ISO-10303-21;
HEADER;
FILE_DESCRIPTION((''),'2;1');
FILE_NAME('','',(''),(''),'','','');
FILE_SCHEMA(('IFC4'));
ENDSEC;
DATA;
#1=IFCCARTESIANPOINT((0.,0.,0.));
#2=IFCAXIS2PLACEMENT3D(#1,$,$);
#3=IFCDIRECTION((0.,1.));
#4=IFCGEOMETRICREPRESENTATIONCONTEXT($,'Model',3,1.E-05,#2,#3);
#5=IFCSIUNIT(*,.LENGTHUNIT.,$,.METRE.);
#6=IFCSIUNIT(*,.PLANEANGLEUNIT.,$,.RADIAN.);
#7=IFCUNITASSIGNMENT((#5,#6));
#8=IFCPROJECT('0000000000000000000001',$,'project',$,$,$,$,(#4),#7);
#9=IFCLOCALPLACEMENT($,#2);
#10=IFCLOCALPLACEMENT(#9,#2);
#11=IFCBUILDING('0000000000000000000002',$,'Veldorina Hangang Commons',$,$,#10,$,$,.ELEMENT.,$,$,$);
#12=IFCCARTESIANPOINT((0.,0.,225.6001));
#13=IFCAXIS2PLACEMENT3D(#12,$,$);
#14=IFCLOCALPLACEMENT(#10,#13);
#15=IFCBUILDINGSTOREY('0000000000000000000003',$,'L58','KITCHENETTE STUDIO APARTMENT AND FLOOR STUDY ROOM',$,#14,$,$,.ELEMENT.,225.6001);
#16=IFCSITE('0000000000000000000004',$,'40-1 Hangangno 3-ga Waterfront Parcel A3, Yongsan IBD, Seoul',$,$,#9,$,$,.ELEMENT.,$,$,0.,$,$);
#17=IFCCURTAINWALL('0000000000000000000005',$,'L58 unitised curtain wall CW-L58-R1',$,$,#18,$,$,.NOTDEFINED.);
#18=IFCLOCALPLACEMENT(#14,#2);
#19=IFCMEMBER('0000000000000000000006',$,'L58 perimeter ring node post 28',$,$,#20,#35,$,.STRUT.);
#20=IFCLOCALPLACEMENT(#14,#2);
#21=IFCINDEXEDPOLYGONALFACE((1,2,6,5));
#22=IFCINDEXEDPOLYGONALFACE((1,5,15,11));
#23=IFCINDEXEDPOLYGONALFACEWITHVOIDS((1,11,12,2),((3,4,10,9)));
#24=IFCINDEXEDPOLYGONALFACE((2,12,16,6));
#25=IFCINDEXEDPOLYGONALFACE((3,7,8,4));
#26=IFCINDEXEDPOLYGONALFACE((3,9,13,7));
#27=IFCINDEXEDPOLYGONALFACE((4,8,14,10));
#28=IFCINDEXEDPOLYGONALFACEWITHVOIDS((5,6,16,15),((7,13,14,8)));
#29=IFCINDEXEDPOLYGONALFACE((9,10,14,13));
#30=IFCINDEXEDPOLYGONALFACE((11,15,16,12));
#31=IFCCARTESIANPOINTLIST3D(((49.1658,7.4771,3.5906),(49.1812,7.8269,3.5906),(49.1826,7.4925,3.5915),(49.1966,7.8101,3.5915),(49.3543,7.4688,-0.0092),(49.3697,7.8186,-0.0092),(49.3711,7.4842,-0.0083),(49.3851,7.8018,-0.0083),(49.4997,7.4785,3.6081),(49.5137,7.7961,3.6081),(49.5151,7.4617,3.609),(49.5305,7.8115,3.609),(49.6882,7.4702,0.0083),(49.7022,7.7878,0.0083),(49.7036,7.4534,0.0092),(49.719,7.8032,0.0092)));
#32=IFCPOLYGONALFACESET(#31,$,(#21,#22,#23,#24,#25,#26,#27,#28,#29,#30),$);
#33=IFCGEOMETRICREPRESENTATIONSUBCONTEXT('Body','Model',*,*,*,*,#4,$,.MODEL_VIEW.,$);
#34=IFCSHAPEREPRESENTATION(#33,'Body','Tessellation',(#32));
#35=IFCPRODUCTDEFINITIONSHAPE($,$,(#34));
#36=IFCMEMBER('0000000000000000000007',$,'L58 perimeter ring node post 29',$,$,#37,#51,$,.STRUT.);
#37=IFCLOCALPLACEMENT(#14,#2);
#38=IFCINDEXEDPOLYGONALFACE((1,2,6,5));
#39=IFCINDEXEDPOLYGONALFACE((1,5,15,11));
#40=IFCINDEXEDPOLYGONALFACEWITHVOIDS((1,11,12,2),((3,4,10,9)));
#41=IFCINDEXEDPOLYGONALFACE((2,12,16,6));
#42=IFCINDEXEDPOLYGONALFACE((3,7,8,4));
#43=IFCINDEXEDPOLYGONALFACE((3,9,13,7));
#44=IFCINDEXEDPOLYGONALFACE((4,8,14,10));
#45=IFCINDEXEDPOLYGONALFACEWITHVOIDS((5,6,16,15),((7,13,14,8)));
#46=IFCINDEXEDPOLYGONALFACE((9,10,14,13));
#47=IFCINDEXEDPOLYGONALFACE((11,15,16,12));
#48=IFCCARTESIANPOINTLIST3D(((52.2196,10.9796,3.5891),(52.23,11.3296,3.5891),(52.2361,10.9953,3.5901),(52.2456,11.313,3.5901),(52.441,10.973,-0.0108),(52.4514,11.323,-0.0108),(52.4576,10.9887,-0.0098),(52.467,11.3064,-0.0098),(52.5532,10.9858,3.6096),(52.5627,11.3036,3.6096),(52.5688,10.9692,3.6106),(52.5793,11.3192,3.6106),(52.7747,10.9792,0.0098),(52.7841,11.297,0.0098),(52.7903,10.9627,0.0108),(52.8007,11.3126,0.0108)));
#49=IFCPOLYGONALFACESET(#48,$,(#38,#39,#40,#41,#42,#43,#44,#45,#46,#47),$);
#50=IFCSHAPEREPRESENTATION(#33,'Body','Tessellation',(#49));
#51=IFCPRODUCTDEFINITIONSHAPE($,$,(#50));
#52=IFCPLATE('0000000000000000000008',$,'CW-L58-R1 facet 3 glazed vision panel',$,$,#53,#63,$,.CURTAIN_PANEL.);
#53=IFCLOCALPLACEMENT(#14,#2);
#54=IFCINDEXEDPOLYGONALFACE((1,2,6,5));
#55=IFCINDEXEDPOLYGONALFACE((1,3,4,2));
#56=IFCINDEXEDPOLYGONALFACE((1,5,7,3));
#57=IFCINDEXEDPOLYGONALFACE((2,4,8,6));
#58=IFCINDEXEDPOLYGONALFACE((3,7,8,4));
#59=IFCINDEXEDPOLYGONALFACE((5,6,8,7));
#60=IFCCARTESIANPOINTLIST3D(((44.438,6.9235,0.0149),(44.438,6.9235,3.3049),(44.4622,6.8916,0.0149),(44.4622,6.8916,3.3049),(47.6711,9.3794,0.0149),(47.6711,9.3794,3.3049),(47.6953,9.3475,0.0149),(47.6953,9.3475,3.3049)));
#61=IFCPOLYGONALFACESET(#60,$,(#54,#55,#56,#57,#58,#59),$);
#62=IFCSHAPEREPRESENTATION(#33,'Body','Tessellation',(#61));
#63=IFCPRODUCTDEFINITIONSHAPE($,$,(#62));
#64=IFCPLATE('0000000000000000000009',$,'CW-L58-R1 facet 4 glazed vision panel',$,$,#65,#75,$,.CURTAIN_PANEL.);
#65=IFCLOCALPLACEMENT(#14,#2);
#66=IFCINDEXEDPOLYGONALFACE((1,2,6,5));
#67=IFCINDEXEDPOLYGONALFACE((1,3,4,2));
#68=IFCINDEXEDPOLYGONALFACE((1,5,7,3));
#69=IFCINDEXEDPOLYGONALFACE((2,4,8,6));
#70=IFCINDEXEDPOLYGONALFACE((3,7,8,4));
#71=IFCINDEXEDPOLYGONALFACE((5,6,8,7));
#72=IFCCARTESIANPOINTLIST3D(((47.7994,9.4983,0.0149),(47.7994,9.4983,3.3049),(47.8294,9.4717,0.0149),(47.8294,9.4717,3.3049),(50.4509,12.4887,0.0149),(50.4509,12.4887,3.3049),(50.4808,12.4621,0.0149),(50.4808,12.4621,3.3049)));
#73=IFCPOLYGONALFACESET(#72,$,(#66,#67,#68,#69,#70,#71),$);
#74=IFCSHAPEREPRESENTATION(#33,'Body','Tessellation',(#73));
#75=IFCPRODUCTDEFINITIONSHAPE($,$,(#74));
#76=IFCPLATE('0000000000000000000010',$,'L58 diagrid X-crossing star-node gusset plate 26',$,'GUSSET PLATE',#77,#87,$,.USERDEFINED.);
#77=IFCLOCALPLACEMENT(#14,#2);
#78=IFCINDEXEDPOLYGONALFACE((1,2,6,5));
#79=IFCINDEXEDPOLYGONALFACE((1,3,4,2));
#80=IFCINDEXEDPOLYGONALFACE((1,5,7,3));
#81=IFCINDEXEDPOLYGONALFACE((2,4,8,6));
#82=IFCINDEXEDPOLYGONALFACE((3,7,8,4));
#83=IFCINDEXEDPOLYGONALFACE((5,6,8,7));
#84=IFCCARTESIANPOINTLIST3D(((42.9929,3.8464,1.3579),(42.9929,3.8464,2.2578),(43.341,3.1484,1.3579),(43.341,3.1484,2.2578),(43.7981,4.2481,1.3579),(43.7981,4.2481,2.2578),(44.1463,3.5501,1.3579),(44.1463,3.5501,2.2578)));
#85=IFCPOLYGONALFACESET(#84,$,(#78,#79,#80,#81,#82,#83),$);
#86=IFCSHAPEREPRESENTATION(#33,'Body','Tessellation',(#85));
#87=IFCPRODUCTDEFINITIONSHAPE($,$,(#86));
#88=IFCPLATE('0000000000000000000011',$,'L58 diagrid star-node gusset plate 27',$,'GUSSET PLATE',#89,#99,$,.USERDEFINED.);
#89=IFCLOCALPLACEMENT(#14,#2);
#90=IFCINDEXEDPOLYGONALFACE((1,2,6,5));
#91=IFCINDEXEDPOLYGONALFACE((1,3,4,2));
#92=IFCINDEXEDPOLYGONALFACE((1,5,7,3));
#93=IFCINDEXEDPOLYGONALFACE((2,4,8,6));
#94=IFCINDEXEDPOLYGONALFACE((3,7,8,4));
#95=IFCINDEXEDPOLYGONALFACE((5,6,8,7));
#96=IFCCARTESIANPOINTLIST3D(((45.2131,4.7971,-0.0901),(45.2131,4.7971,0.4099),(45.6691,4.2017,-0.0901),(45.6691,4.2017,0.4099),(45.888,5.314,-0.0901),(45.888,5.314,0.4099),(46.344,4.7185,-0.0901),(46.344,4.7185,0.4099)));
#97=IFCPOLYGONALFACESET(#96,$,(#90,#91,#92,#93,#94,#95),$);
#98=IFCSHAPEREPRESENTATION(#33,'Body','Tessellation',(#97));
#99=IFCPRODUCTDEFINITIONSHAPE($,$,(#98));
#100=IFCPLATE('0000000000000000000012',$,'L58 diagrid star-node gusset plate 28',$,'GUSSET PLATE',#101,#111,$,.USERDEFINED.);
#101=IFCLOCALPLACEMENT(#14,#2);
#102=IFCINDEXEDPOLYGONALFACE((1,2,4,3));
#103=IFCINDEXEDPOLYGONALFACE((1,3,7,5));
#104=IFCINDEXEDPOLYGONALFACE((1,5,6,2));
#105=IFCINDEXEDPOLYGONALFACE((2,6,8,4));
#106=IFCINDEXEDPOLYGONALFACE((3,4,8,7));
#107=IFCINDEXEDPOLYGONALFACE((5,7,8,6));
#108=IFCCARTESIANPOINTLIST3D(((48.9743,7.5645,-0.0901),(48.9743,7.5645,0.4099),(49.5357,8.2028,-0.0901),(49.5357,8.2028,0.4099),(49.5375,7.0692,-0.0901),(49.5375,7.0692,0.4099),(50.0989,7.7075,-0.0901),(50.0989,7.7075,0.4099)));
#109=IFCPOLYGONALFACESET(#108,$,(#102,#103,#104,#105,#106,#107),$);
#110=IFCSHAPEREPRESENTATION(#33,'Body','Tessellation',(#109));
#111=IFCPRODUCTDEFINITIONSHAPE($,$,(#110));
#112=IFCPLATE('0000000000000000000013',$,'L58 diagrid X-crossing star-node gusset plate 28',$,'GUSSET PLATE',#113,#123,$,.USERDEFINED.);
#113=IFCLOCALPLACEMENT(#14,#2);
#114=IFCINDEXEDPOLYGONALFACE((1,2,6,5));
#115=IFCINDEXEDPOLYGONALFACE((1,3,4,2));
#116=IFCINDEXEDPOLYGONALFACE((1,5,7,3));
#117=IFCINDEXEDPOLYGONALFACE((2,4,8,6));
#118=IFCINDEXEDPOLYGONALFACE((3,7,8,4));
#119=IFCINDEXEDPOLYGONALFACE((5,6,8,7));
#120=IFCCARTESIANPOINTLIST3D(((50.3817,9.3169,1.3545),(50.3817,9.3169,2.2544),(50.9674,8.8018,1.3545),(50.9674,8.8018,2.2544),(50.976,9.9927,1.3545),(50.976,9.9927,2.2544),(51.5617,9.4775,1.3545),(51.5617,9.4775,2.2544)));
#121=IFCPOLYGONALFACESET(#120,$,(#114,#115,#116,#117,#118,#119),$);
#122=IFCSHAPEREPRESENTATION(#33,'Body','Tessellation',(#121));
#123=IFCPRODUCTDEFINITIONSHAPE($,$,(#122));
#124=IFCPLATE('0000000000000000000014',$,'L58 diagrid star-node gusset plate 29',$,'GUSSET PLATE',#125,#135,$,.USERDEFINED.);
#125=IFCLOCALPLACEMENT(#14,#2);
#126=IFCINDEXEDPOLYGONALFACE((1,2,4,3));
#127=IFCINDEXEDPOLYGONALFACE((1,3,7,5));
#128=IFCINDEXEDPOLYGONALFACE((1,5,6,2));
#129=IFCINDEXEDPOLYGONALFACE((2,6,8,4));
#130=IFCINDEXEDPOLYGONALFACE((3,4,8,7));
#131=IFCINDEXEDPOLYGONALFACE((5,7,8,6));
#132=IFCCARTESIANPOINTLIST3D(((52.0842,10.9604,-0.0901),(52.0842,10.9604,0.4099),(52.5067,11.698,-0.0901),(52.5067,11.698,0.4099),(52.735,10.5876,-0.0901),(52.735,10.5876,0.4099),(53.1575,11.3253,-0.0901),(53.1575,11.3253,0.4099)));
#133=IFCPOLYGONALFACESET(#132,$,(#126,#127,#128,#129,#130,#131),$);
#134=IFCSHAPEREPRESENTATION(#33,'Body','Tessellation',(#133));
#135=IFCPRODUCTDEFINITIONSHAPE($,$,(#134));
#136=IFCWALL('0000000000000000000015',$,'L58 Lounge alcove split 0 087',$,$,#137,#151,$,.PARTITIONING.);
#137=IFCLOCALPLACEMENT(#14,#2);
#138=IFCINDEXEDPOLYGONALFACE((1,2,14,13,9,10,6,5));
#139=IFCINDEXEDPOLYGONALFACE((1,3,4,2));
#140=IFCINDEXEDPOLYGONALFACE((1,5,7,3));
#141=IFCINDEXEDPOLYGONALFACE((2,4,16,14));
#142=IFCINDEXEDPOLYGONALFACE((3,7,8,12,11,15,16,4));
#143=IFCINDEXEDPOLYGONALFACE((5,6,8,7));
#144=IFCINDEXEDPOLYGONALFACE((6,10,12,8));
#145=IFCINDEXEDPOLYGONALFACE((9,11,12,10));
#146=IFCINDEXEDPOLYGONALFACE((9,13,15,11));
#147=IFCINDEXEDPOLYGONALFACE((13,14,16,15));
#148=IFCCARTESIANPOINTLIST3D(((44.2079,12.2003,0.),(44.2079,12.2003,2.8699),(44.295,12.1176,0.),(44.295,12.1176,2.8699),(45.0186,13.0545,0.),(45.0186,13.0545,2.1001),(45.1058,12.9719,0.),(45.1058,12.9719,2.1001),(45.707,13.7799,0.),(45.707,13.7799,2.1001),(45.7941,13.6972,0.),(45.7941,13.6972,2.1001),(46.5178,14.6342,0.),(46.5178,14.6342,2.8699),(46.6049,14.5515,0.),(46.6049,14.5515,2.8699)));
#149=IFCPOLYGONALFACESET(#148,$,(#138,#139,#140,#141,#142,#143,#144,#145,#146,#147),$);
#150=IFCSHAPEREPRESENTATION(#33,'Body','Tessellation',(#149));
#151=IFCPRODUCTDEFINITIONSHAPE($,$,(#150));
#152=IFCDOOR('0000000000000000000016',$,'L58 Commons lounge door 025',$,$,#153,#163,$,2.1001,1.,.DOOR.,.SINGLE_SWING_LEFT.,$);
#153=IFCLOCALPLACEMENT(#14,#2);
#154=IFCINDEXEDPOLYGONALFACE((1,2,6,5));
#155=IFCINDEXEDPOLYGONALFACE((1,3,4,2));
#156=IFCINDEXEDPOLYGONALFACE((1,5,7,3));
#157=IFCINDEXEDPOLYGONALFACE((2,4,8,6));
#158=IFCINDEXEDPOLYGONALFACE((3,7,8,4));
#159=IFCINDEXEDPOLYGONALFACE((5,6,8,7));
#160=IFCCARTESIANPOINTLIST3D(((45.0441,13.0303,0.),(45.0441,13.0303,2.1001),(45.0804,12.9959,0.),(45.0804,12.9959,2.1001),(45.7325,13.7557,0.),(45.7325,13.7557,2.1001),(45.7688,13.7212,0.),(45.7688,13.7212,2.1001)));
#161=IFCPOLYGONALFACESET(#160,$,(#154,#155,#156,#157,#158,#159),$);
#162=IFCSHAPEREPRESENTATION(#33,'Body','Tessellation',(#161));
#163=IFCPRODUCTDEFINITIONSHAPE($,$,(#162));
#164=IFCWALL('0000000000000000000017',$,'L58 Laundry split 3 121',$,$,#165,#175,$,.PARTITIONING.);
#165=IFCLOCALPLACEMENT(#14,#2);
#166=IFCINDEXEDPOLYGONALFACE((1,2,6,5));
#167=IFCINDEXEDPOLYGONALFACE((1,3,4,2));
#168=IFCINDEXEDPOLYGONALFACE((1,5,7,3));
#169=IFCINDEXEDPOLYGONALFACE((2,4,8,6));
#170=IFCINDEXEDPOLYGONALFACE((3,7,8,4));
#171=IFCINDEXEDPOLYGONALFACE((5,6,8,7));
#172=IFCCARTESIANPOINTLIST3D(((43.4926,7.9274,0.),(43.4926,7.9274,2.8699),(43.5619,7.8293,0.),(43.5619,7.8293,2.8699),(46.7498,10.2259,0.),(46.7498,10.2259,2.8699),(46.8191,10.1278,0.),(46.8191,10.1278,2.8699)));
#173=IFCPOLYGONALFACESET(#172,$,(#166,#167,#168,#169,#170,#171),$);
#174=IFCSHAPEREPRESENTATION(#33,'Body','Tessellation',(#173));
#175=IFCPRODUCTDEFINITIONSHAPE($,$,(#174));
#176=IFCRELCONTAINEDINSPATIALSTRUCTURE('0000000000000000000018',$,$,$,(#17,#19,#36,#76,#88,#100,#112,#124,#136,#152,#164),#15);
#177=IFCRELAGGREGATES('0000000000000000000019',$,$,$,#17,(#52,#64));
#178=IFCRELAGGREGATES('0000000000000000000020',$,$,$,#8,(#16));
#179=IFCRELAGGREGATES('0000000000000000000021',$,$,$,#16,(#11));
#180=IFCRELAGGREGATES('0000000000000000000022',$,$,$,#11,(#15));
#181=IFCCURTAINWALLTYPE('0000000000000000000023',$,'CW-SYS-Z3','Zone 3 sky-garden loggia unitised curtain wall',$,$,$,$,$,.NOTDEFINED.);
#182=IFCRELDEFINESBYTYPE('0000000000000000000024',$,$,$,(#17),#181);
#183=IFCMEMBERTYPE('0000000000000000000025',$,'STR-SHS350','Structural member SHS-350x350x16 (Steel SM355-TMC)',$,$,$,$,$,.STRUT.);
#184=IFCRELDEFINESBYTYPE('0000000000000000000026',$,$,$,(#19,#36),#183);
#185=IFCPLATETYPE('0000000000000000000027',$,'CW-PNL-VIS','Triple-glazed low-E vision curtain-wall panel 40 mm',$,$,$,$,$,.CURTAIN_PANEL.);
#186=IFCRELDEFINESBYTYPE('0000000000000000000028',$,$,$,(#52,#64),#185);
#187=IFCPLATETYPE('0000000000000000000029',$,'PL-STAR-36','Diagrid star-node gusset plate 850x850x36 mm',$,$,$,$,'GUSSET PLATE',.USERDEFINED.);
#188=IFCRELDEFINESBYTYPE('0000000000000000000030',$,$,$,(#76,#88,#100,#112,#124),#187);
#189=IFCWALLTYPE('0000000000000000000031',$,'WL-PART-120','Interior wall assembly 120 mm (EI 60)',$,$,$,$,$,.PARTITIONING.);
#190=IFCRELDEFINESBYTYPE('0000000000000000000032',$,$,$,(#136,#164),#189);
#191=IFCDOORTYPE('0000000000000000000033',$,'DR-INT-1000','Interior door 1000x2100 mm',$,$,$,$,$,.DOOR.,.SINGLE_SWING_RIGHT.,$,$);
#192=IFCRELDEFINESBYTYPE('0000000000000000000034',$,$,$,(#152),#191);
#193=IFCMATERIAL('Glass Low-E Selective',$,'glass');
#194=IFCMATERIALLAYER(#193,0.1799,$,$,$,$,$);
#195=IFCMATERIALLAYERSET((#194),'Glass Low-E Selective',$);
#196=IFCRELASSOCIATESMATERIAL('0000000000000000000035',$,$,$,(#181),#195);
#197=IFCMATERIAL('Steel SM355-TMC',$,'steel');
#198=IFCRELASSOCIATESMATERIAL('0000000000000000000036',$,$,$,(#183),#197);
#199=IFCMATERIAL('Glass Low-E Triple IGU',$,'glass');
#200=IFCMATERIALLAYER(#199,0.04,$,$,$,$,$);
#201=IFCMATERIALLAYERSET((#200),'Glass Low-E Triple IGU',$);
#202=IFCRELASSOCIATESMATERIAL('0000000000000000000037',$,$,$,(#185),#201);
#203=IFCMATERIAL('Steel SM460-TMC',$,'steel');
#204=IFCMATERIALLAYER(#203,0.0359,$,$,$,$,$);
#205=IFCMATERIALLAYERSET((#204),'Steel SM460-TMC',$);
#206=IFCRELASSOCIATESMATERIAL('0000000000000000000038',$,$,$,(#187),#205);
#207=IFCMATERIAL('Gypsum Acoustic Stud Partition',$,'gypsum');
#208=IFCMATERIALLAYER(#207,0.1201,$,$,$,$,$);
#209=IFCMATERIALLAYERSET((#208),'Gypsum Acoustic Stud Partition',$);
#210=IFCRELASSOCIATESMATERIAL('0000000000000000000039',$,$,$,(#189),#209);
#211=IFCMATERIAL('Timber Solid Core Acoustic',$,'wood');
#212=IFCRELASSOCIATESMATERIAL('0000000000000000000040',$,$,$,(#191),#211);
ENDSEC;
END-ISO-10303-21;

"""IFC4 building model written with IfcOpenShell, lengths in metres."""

from ifc_helpers import new_model, si_unit, direction, frame, frame_2d, origin, origin_2d, place, context, subcontext, project, spatial, rectangle, hollow_rectangle, extrude, material, layer, layer_set, material_profile, profile_set, type_object, element, fill, aggregate, save


model = new_model("IFC4")

# Units and contexts
model_context = context("Model", 3, precision=1e-05, world=origin(), true_north=direction((0.0, 1.0)))
body_context = subcontext(model_context, "Body", "Model", "MODEL_VIEW")
ifc_project = project(units=[si_unit("LENGTHUNIT", "METRE"), si_unit("PLANEANGLEUNIT", "RADIAN")], contexts=[model_context])

# Site, building, storey
site_placement = place(None, origin())
site = spatial("IfcSite", under=ifc_project, at=site_placement, Name="40-1 Hangangno 3-ga Waterfront Parcel A3, Yongsan IBD, Seoul", CompositionType="ELEMENT", RefElevation=0.0)
building_placement = place(site_placement, origin())
building = spatial("IfcBuilding", under=site, at=building_placement, Name="Veldorina Hangang Commons", CompositionType="ELEMENT")
storey_placement = place(building_placement, frame((0.0, 0.0, 225.6001)))
storey = spatial("IfcBuildingStorey", under=building, at=storey_placement, Name="L58", Description="KITCHENETTE STUDIO APARTMENT AND FLOOR STUDY ROOM", CompositionType="ELEMENT", Elevation=225.6001)

# Shared definitions
ifc_material_1 = material(Name="Steel SM355-TMC", Category="steel")

# Curtain wall
ifc_material_2 = material(Name="Glass Low-E Selective", Category="glass")
ifc_layer_1 = layer(ifc_material_2, 0.1799)
ifc_layer_set_1 = layer_set([ifc_layer_1], Name="Glass Low-E Selective")
curtain_wall_type = type_object("IfcCurtainWallType", Name="CW-SYS-Z3", Description="Zone 3 sky-garden loggia unitised curtain wall", PredefinedType="NOTDEFINED", material=ifc_layer_set_1)
curtain_wall_placement = place(storey_placement, origin())
curtain_wall = element("IfcCurtainWall", 1, at=curtain_wall_placement, inside=storey, type_object=curtain_wall_type, Name="L58 unitised curtain wall CW-L58-R1", PredefinedType="NOTDEFINED")

# Members
ifc_material_profile_1 = material_profile(ifc_material_1, hollow_rectangle(XDim=0.3501, YDim=0.3501, WallThickness=0.0161, at=origin_2d()), Name="SHS-350x350x16")
ifc_profile_set_1 = profile_set([ifc_material_profile_1], Name="Steel SM355-TMC")
member_type_1 = type_object("IfcMemberType", Name="STR-SHS350", Description="Structural member SHS-350x350x16 (Steel SM355-TMC)", PredefinedType="STRUT", material=ifc_profile_set_1)
member_1_placement = place(storey_placement, frame((49.5366, 7.636, 0.0), z_axis=(-0.052285, 0.002303, 0.99863), x_axis=(-0.043999, -0.999032, 0.0)))
element("IfcMember", 2, at=member_1_placement, inside=storey, type_object=member_type_1, Name="L58 perimeter ring node post 28", PredefinedType="STRUT", context=body_context, shape_type="SweptSolid", body=[
    extrude(hollow_rectangle(XDim=0.3501, YDim=0.3501, WallThickness=0.0161, at=origin_2d()), origin(), (0.0, 0.0, 1.0), 3.6047),
])
member_2_placement = place(storey_placement, frame((52.6208, 11.1428, 0.0), z_axis=(-0.061396, 0.001828, 0.998112), x_axis=(-0.029755, -0.999557, 0.0)))
element("IfcMember", 3, at=member_2_placement, inside=storey, type_object=member_type_1, Name="L58 perimeter ring node post 29", PredefinedType="STRUT", context=body_context, shape_type="SweptSolid", body=[
    extrude(hollow_rectangle(XDim=0.3501, YDim=0.3501, WallThickness=0.0161, at=origin_2d()), origin(), (0.0, 0.0, 1.0), 3.6067),
])

# Plates
ifc_material_3 = material(Name="Glass Low-E Triple IGU", Category="glass")
ifc_layer_2 = layer(ifc_material_3, 0.04)
ifc_layer_set_2 = layer_set([ifc_layer_2], Name="Glass Low-E Triple IGU")
plate_type_1 = type_object("IfcPlateType", Name="CW-PNL-VIS", Description="Triple-glazed low-E vision curtain-wall panel 40 mm", PredefinedType="CURTAIN_PANEL", material=ifc_layer_set_2)
plate_1_placement = place(storey_placement, frame((46.0667, 8.1355, 0.0149), z_axis=(0.0, 0.0, 1.0), x_axis=(0.796319, 0.604877, 0.0)))
plate_1 = element("IfcPlate", 4, at=plate_1_placement, type_object=plate_type_1, Name="CW-L58-R1 facet 3 glazed vision panel", PredefinedType="CURTAIN_PANEL", context=body_context, shape_type="SweptSolid", body=[
    extrude(rectangle(XDim=4.0601, YDim=0.04, at=origin_2d()), origin(), (0.0, 0.0, 1.0), 3.29),
])
plate_2_placement = place(storey_placement, frame((49.1401, 10.9802, 0.0149), z_axis=(0.0, 0.0, 1.0), x_axis=(0.66343, 0.748238, 0.0)))
plate_2 = element("IfcPlate", 5, at=plate_2_placement, type_object=plate_type_1, Name="CW-L58-R1 facet 4 glazed vision panel", PredefinedType="CURTAIN_PANEL", context=body_context, shape_type="SweptSolid", body=[
    extrude(rectangle(XDim=3.9966, YDim=0.04, at=origin_2d()), origin(), (0.0, 0.0, 1.0), 3.29),
])
aggregate(curtain_wall, [plate_1, plate_2])

# Plates
ifc_material_4 = material(Name="Steel SM460-TMC", Category="steel")
ifc_layer_3 = layer(ifc_material_4, 0.0359)
ifc_layer_set_3 = layer_set([ifc_layer_3], Name="Steel SM460-TMC")
plate_type_2 = type_object("IfcPlateType", Name="PL-STAR-36", Description="Diagrid star-node gusset plate 850x850x36 mm", ElementType="GUSSET PLATE", PredefinedType="USERDEFINED", material=ifc_layer_set_3)
plate_3_placement = place(storey_placement, frame((43.5696, 3.6982, 1.3579), z_axis=(0.0, 0.0, 1.0), x_axis=(0.894864, 0.446338, 0.0)))
element("IfcPlate", 6, at=plate_3_placement, inside=storey, type_object=plate_type_2, Name="L58 diagrid X-crossing star-node gusset plate 26", ObjectType="GUSSET PLATE", PredefinedType="USERDEFINED", context=body_context, shape_type="SweptSolid", body=[
    extrude(rectangle(XDim=0.8999, YDim=0.78, at=origin_2d()), origin(), (0.0, 0.0, 1.0), 0.8999),
])
for number, where, z_axis, x_axis, name in (
    (7, (45.7786, 4.7578, -0.0901), (0.0, 0.0, 1.0), (0.793927, 0.608013, 0.0), "L58 diagrid star-node gusset plate 27"),
    (8, (49.5366, 7.636, -0.0901), (0.0, 0.0, 1.0), (0.660408, 0.750907, 0.0), "L58 diagrid star-node gusset plate 28"),
):
    element("IfcPlate", number, at=place(storey_placement, frame(where, z_axis=z_axis, x_axis=x_axis)), inside=storey, type_object=plate_type_2, Name=name, ObjectType="GUSSET PLATE", PredefinedType="USERDEFINED", context=body_context, shape_type="SweptSolid", body=[
        extrude(rectangle(XDim=0.8501, YDim=0.75, at=origin_2d()), origin(), (0.0, 0.0, 1.0), 0.5),
    ])
plate_4_placement = place(storey_placement, frame((50.9717, 9.3972, 1.3545), z_axis=(0.0, 0.0, 1.0), x_axis=(0.660408, 0.750907, 0.0)))
element("IfcPlate", 9, at=plate_4_placement, inside=storey, type_object=plate_type_2, Name="L58 diagrid X-crossing star-node gusset plate 28", ObjectType="GUSSET PLATE", PredefinedType="USERDEFINED", context=body_context, shape_type="SweptSolid", body=[
    extrude(rectangle(XDim=0.8999, YDim=0.78, at=origin_2d()), origin(), (0.0, 0.0, 1.0), 0.8999),
])
plate_5_placement = place(storey_placement, frame((52.6208, 11.1428, -0.0901), z_axis=(0.0, 0.0, 1.0), x_axis=(0.49705, 0.867722, 0.0)))
element("IfcPlate", 10, at=plate_5_placement, inside=storey, type_object=plate_type_2, Name="L58 diagrid star-node gusset plate 29", ObjectType="GUSSET PLATE", PredefinedType="USERDEFINED", context=body_context, shape_type="SweptSolid", body=[
    extrude(rectangle(XDim=0.8501, YDim=0.75, at=origin_2d()), origin(), (0.0, 0.0, 1.0), 0.5),
])

# Wall, opening, door
ifc_material_5 = material(Name="Gypsum Acoustic Stud Partition", Category="gypsum")
ifc_layer_4 = layer(ifc_material_5, 0.1201)
ifc_layer_set_4 = layer_set([ifc_layer_4], Name="Gypsum Acoustic Stud Partition")
wall_type = type_object("IfcWallType", Name="WL-PART-120", Description="Interior wall assembly 120 mm (EI 60)", PredefinedType="PARTITIONING", material=ifc_layer_set_4)
wall_1_placement = place(storey_placement, frame((44.2515, 12.1589, 0.0), z_axis=(0.0, 0.0, 1.0), x_axis=(0.688384, 0.725346, 0.0)))
wall_1 = element("IfcWall", 11, at=wall_1_placement, inside=storey, type_object=wall_type, Name="L58 Lounge alcove split 0 087", PredefinedType="PARTITIONING", context=body_context, shape_type="SweptSolid", body=[
    extrude(rectangle(XDim=3.3555, YDim=0.1201, at=frame_2d((1.6777, 0.0))), origin(), (0.0, 0.0, 1.0), 2.8699),
])
opening_placement = place(wall_1_placement, frame((1.1777, 0.0, 0.0)))
opening = element("IfcOpeningElement", 12, at=opening_placement, cuts=wall_1, PredefinedType="OPENING", context=body_context, shape_type="SweptSolid", body=[
    extrude(rectangle(XDim=1.0, YDim=2.1001, at=frame_2d((0.5, 1.05))), frame((0.0, 0.0701, 0.0), z_axis=(0.0, -1.0, 0.0), x_axis=(1.0, 0.0, 0.0)), (0.0, 0.0, 1.0), 0.1401),
])
ifc_material_6 = material(Name="Timber Solid Core Acoustic", Category="wood")
door_type = type_object("IfcDoorType", Name="DR-INT-1000", Description="Interior door 1000x2100 mm", OperationType="SINGLE_SWING_RIGHT", PredefinedType="DOOR", material=ifc_material_6)
door_placement = place(opening_placement, origin())
door = element("IfcDoor", 13, at=door_placement, inside=storey, type_object=door_type, Name="L58 Commons lounge door 025", OperationType="SINGLE_SWING_LEFT", OverallHeight=2.1001, OverallWidth=1.0, PredefinedType="DOOR", context=body_context, shape_type="SweptSolid", body=[
    extrude(rectangle(XDim=1.0, YDim=2.1001, at=frame_2d((0.5, 1.05))), frame((0.0, 0.0249, 0.0), z_axis=(0.0, -1.0, 0.0), x_axis=(1.0, 0.0, 0.0)), (0.0, 0.0, 1.0), 0.05),
])
fill(opening, door)

# Wall
wall_2_placement = place(storey_placement, frame((43.5273, 7.8784, 0.0), z_axis=(0.0, 0.0, 1.0), x_axis=(0.817051, 0.576565, 0.0)))
element("IfcWall", 14, at=wall_2_placement, inside=storey, type_object=wall_type, Name="L58 Laundry split 3 121", PredefinedType="PARTITIONING", context=body_context, shape_type="SweptSolid", body=[
    extrude(rectangle(XDim=3.9866, YDim=0.1201, at=frame_2d((1.9932, 0.0))), origin(), (0.0, 0.0, 1.0), 2.8699),
])

save(model, "model.ifc")
